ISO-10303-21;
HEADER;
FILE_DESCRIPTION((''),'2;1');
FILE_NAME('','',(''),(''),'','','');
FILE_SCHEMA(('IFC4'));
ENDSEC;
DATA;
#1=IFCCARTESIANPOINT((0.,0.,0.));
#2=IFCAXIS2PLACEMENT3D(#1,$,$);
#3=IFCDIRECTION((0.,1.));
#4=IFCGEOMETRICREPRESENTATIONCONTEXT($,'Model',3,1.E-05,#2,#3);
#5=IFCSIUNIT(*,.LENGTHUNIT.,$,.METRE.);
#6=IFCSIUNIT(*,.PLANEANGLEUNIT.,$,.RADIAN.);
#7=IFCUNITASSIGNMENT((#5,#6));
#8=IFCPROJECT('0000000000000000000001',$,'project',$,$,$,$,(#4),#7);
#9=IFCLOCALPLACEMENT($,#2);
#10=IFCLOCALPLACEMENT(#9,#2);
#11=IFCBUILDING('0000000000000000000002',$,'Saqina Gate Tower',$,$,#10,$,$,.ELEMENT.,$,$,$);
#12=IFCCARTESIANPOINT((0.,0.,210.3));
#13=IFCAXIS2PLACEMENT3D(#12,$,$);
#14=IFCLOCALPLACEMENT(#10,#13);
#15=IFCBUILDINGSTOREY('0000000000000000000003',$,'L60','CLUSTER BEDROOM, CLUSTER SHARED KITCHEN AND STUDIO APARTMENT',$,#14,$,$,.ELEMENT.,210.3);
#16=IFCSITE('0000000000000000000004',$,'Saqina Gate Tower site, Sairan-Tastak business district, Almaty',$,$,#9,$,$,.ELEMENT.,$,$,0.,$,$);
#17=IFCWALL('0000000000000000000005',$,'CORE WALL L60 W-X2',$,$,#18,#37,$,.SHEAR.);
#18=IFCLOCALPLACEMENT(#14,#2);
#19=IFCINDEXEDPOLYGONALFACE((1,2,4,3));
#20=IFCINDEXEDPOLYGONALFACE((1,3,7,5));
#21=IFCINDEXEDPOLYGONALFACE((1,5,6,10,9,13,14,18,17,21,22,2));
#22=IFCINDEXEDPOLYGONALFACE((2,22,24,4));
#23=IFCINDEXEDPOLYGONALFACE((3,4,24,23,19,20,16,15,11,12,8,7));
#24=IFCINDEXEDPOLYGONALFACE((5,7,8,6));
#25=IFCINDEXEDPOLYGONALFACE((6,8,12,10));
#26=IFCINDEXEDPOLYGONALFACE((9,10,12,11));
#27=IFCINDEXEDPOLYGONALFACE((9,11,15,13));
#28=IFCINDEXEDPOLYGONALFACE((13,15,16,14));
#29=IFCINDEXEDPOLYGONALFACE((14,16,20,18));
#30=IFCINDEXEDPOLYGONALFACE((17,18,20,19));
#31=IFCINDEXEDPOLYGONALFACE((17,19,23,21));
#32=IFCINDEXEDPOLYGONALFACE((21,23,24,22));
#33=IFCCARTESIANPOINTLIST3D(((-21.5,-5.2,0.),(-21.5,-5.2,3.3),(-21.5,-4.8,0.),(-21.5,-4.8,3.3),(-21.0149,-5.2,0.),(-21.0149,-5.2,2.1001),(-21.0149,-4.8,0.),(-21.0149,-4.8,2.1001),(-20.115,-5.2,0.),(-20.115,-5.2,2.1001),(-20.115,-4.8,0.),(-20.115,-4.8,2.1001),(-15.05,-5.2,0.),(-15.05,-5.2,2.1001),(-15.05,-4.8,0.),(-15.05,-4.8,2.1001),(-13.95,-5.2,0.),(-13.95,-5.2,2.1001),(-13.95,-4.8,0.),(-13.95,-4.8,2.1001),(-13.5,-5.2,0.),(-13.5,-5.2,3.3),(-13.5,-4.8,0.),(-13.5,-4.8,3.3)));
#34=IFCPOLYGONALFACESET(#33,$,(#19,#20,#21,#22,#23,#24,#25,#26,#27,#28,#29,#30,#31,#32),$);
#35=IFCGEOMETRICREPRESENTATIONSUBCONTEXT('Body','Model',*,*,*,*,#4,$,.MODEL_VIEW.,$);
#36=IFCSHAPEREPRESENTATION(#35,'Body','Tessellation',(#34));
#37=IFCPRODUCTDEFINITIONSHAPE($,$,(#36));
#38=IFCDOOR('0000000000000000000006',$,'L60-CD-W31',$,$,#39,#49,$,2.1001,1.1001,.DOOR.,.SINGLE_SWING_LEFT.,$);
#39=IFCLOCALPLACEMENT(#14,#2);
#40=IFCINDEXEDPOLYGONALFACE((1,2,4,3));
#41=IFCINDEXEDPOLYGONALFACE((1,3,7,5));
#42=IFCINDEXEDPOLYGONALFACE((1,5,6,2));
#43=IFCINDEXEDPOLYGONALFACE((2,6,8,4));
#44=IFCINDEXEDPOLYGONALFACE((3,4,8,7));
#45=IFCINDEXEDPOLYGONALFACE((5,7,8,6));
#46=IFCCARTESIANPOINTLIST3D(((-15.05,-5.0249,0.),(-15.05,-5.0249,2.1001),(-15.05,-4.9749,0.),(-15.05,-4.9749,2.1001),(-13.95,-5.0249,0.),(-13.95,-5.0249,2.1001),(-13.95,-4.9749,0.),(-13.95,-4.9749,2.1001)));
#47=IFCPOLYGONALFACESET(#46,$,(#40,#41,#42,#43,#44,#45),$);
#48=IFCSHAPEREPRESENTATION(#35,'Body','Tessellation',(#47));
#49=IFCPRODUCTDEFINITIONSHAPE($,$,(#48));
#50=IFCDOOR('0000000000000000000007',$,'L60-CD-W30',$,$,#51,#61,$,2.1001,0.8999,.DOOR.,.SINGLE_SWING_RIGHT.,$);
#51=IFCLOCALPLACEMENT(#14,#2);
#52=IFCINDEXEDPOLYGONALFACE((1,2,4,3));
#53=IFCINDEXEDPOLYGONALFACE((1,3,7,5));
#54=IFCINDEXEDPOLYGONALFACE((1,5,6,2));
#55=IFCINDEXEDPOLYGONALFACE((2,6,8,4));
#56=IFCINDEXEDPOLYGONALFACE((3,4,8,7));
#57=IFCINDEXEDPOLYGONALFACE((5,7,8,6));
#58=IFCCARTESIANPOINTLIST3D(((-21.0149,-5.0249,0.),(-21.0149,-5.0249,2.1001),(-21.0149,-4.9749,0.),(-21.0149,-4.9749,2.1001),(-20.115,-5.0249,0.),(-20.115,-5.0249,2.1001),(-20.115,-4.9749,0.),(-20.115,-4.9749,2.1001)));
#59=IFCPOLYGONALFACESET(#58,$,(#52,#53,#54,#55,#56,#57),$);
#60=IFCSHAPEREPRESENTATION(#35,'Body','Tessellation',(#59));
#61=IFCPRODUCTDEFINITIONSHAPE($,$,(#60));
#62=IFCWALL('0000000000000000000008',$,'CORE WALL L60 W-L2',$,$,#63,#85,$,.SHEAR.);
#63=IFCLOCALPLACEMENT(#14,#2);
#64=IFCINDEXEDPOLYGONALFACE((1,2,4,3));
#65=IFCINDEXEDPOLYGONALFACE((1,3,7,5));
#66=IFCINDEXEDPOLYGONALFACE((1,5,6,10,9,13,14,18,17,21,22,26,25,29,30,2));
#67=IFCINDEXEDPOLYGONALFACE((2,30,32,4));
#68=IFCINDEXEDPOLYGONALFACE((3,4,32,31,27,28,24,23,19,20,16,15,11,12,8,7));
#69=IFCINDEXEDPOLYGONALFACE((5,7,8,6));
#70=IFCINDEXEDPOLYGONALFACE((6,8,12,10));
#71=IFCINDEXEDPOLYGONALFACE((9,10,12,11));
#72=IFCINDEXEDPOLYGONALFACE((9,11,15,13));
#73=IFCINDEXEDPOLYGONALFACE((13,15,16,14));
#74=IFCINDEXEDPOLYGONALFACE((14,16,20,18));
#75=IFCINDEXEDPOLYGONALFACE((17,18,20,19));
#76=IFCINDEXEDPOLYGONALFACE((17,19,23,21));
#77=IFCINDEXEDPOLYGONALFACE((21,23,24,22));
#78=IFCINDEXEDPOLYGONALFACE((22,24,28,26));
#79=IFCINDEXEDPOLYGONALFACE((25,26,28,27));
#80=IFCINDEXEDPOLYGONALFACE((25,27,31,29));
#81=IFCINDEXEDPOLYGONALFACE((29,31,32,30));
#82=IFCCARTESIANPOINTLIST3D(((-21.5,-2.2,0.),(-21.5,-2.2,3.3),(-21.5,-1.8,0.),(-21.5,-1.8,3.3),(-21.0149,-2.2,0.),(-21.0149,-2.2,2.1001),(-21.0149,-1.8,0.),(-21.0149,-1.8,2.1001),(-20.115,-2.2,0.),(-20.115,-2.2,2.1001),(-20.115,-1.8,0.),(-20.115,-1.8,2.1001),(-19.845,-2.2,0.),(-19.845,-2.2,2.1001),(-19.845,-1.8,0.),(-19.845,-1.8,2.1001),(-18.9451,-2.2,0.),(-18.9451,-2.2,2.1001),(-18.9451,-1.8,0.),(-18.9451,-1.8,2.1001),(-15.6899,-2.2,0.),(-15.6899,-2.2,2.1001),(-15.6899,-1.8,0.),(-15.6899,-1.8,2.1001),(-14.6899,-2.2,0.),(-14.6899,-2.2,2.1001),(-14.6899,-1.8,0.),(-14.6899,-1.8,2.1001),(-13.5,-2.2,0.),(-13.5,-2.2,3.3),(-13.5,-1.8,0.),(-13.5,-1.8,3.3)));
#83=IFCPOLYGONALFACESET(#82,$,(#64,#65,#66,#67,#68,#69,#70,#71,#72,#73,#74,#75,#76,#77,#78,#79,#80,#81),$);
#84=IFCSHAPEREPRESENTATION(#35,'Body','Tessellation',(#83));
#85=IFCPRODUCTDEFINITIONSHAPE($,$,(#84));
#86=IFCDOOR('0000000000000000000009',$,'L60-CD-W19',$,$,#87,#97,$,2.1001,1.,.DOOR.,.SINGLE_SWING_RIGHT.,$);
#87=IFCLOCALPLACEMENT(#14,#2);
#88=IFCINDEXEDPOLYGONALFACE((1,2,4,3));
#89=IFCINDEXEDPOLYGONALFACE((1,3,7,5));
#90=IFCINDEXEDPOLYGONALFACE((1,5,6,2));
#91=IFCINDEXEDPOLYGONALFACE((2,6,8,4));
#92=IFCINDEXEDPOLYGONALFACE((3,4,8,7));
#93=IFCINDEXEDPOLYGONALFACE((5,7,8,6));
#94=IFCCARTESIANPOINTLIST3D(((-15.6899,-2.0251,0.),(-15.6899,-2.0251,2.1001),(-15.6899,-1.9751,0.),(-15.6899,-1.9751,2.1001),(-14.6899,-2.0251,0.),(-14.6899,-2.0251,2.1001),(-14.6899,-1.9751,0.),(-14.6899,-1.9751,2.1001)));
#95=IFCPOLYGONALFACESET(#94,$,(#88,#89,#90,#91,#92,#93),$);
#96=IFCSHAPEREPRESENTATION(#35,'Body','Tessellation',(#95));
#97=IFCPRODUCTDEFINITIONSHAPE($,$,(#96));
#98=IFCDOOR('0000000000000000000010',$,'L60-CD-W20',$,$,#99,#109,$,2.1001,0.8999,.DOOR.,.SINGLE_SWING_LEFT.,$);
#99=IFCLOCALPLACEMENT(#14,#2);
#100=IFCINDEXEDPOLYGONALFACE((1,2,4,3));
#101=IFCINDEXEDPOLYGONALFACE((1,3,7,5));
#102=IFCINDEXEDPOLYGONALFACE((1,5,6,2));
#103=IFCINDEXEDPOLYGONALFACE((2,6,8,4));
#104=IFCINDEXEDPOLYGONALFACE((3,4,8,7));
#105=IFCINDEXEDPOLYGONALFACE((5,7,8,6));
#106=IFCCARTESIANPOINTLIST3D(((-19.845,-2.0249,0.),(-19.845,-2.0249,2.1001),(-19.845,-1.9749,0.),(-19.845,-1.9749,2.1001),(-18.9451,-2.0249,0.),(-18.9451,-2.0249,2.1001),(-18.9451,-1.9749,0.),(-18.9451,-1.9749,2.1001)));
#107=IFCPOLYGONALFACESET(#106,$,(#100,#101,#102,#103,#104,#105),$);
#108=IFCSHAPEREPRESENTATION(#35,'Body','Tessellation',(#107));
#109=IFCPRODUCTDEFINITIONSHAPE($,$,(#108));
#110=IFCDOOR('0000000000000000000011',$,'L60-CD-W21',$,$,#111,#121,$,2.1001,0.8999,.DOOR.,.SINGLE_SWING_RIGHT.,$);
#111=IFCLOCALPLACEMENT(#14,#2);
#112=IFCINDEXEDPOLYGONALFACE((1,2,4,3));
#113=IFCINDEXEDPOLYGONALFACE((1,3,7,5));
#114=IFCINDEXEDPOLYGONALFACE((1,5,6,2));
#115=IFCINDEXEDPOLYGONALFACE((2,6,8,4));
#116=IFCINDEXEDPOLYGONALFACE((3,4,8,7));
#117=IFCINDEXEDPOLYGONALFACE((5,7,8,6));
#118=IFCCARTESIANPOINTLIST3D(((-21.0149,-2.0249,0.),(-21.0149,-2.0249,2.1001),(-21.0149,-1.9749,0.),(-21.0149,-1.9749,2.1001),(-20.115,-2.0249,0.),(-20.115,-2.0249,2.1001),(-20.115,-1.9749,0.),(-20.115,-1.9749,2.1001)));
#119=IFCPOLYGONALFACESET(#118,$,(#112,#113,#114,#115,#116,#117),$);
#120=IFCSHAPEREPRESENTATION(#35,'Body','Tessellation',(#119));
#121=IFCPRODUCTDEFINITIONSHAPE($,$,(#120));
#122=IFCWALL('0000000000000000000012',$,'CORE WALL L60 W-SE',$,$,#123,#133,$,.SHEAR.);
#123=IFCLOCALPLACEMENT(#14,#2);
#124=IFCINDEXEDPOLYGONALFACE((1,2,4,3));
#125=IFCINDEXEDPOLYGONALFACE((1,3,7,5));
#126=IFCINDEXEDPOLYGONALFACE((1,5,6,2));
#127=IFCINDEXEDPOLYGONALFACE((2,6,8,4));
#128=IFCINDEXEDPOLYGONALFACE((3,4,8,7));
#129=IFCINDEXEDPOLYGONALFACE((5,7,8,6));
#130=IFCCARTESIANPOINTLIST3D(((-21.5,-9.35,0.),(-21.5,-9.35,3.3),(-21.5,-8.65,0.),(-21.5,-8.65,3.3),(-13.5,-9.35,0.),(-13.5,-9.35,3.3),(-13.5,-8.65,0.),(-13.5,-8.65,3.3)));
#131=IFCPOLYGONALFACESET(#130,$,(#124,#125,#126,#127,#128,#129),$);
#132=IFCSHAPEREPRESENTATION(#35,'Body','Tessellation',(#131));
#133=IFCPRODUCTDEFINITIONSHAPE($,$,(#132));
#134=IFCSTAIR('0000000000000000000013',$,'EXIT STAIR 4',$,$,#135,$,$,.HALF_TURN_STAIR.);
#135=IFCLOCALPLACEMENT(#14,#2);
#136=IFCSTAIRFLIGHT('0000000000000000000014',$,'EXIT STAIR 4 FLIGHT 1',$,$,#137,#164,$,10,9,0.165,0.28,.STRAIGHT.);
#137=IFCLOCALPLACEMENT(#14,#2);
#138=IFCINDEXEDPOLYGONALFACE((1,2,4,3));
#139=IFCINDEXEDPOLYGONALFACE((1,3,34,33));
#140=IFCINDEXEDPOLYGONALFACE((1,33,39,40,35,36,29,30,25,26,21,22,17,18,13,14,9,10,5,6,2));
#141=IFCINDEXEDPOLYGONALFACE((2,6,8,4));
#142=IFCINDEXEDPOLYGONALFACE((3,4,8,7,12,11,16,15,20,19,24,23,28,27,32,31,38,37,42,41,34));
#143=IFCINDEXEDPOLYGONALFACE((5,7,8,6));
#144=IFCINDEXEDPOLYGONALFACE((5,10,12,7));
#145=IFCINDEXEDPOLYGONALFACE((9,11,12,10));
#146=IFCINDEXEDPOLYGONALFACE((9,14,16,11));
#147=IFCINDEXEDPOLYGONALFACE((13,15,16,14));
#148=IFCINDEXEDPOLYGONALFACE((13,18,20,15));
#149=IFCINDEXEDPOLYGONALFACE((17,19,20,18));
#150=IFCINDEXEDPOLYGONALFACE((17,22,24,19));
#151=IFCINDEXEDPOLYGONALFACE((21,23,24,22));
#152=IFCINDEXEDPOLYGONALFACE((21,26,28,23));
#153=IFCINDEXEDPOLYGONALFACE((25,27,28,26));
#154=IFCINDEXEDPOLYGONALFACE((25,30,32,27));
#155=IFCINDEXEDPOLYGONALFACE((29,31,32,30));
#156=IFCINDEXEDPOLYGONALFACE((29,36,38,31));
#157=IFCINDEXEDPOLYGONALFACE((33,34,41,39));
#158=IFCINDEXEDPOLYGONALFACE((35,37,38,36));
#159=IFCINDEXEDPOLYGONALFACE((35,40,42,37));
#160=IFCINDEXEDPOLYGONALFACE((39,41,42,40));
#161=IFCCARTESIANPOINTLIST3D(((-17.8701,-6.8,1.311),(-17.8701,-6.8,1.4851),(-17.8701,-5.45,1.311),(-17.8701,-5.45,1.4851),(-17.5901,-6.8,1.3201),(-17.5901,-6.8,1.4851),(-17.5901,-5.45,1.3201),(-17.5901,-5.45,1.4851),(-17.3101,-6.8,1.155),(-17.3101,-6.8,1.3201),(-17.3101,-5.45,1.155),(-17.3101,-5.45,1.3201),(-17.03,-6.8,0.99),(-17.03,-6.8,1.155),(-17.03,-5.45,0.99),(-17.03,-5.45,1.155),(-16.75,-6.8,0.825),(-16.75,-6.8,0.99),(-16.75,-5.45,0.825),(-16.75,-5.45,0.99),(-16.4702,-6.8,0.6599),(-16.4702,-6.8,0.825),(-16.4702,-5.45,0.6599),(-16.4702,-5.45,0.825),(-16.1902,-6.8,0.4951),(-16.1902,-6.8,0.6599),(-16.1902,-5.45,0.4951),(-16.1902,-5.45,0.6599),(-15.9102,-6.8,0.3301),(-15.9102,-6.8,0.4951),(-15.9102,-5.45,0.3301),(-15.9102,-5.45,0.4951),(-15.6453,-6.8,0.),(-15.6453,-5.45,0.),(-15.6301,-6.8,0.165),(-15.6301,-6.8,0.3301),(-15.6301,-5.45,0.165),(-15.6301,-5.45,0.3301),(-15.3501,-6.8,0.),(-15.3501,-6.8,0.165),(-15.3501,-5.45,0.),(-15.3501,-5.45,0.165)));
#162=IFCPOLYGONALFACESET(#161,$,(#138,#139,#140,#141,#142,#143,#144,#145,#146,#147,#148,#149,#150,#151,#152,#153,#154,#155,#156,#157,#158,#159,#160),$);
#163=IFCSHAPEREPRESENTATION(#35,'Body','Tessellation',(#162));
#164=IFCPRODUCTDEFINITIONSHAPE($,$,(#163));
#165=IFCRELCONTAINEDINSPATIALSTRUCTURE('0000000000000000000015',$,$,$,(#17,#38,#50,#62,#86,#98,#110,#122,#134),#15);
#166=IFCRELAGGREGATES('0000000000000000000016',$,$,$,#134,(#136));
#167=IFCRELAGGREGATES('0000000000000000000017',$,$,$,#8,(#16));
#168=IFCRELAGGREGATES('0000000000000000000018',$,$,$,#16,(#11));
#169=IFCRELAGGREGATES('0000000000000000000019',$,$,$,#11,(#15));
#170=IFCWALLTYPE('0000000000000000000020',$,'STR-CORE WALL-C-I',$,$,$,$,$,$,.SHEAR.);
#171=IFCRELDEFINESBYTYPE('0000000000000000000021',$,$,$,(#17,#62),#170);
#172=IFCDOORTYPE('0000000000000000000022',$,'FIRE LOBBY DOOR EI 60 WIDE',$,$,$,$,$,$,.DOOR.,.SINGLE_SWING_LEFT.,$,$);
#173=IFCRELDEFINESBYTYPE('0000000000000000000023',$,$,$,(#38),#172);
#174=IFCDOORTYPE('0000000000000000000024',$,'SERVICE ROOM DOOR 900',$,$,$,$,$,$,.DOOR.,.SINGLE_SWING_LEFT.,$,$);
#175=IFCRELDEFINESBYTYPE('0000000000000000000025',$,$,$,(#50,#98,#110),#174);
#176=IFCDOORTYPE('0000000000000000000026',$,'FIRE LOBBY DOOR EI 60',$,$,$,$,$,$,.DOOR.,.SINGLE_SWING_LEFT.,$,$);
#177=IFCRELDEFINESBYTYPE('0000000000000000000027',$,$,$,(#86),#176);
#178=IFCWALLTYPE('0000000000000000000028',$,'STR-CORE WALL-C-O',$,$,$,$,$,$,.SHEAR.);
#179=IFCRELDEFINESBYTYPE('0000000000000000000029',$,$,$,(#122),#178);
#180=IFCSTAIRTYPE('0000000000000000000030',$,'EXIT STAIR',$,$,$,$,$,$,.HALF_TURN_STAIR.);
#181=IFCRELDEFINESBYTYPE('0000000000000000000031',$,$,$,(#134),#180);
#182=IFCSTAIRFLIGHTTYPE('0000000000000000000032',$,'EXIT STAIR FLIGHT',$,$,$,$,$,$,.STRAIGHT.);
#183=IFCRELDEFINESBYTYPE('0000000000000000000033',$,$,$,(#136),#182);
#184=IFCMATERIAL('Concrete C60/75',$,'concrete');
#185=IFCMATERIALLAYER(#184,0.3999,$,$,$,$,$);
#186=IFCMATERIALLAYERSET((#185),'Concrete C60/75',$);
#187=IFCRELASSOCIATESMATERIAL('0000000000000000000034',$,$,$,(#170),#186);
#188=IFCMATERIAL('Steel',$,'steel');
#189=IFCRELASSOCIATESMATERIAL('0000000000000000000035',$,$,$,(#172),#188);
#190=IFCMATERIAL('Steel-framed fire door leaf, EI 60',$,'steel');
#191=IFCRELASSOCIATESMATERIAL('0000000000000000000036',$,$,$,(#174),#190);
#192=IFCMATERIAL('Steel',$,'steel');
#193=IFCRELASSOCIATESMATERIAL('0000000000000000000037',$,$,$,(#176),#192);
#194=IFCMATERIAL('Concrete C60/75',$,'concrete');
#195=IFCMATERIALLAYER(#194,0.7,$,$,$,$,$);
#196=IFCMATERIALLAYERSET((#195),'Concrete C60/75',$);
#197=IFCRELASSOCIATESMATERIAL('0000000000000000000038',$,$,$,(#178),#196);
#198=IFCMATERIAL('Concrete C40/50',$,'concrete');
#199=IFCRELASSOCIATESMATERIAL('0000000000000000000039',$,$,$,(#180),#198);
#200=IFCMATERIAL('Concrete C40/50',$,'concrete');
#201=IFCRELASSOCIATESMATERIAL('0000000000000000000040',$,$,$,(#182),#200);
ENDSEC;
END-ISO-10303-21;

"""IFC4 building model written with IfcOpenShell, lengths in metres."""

from ifc_helpers import new_model, si_unit, direction, frame, frame_2d, origin, place, context, subcontext, project, spatial, polyline, rectangle, outline, extrude, material, layer, layer_set, type_object, element, fill, aggregate, save


model = new_model("IFC4")

# Units and contexts
model_context = context("Model", 3, precision=1e-05, world=origin(), true_north=direction((0.0, 1.0)))
body_context = subcontext(model_context, "Body", "Model", "MODEL_VIEW")
ifc_project = project(units=[si_unit("LENGTHUNIT", "METRE"), si_unit("PLANEANGLEUNIT", "RADIAN")], contexts=[model_context])

# Site, building, storey
site_placement = place(None, origin())
site = spatial("IfcSite", under=ifc_project, at=site_placement, Name="Saqina Gate Tower site, Sairan-Tastak business district, Almaty", CompositionType="ELEMENT", RefElevation=0.0)
building_placement = place(site_placement, origin())
building = spatial("IfcBuilding", under=site, at=building_placement, Name="Saqina Gate Tower", CompositionType="ELEMENT")
storey_placement = place(building_placement, frame((0.0, 0.0, 210.3)))
storey = spatial("IfcBuildingStorey", under=building, at=storey_placement, Name="L60", Description="CLUSTER BEDROOM, CLUSTER SHARED KITCHEN AND STUDIO APARTMENT", CompositionType="ELEMENT", Elevation=210.3)

# Walls, openings, doors
ifc_material_1 = material(Name="Concrete C60/75", Category="concrete")
ifc_layer_1 = layer(ifc_material_1, 0.3999)
ifc_layer_set_1 = layer_set([ifc_layer_1], Name="Concrete C60/75")
wall_type_1 = type_object("IfcWallType", Name="STR-CORE WALL-C-I", PredefinedType="SHEAR", material=ifc_layer_set_1)
wall_1_placement = place(storey_placement, frame((-13.5, -5.0, 0.0), z_axis=(0.0, 0.0, 1.0), x_axis=(-1.0, 0.0, 0.0)))
wall_1 = element("IfcWall", 1, at=wall_1_placement, inside=storey, type_object=wall_type_1, Name="CORE WALL L60 W-X2", PredefinedType="SHEAR", context=body_context, shape_type="SweptSolid", body=[
    extrude(rectangle(XDim=8.0, YDim=0.3999, at=frame_2d((4.0, 0.0))), origin(), (0.0, 0.0, 1.0), 3.3),
])
opening_1_placement = place(wall_1_placement, frame((6.615, 0.0, 0.0)))
opening_1 = element("IfcOpeningElement", 2, at=opening_1_placement, cuts=wall_1, PredefinedType="OPENING", context=body_context, shape_type="SweptSolid", body=[
    extrude(rectangle(XDim=0.8999, YDim=2.1001, at=frame_2d((0.45, 1.05))), frame((0.0, 0.2119, 0.0), z_axis=(0.0, -1.0, 0.0), x_axis=(1.0, 0.0, 0.0)), (0.0, 0.0, 1.0), 0.4238),
])
opening_2_placement = place(wall_1_placement, frame((0.45, 0.0, 0.0)))
opening_2 = element("IfcOpeningElement", 3, at=opening_2_placement, cuts=wall_1, PredefinedType="OPENING", context=body_context, shape_type="SweptSolid", body=[
    extrude(rectangle(XDim=1.1001, YDim=2.1001, at=frame_2d((0.55, 1.05))), frame((0.0, 0.2119, 0.0), z_axis=(0.0, -1.0, 0.0), x_axis=(1.0, 0.0, 0.0)), (0.0, 0.0, 1.0), 0.4238),
])
ifc_material_2 = material(Name="Steel", Category="steel")
door_type_1 = type_object("IfcDoorType", Name="FIRE LOBBY DOOR EI 60 WIDE", OperationType="SINGLE_SWING_LEFT", PredefinedType="DOOR", material=ifc_material_2)
door_1_placement = place(opening_2_placement, origin())
door_1 = element("IfcDoor", 4, at=door_1_placement, inside=storey, type_object=door_type_1, Name="L60-CD-W31", OperationType="SINGLE_SWING_LEFT", OverallHeight=2.1001, OverallWidth=1.1001, PredefinedType="DOOR", context=body_context, shape_type="SweptSolid", body=[
    extrude(rectangle(XDim=1.1001, YDim=2.1001, at=frame_2d((0.55, 1.05))), frame((0.0, 0.0249, 0.0), z_axis=(0.0, -1.0, 0.0), x_axis=(1.0, 0.0, 0.0)), (0.0, 0.0, 1.0), 0.05),
])
fill(opening_2, door_1)
ifc_material_3 = material(Name="Steel-framed fire door leaf, EI 60", Category="steel")
door_type_2 = type_object("IfcDoorType", Name="SERVICE ROOM DOOR 900", OperationType="SINGLE_SWING_LEFT", PredefinedType="DOOR", material=ifc_material_3)
door_2_placement = place(opening_1_placement, origin())
door_2 = element("IfcDoor", 5, at=door_2_placement, inside=storey, type_object=door_type_2, Name="L60-CD-W30", OperationType="SINGLE_SWING_RIGHT", OverallHeight=2.1001, OverallWidth=0.8999, PredefinedType="DOOR", context=body_context, shape_type="SweptSolid", body=[
    extrude(rectangle(XDim=0.8999, YDim=2.1001, at=frame_2d((0.45, 1.05))), frame((0.0, 0.0249, 0.0), z_axis=(0.0, -1.0, 0.0), x_axis=(1.0, 0.0, 0.0)), (0.0, 0.0, 1.0), 0.05),
])
fill(opening_1, door_2)
wall_2_placement = place(storey_placement, frame((-13.5, -2.0, 0.0), z_axis=(0.0, 0.0, 1.0), x_axis=(-1.0, 0.0, 0.0)))
wall_2 = element("IfcWall", 6, at=wall_2_placement, inside=storey, type_object=wall_type_1, Name="CORE WALL L60 W-L2", PredefinedType="SHEAR", context=body_context, shape_type="SweptSolid", body=[
    extrude(rectangle(XDim=8.0, YDim=0.3999, at=frame_2d((4.0, 0.0))), origin(), (0.0, 0.0, 1.0), 3.3),
])
opening_3_placement = place(wall_2_placement, frame((1.1899, 0.0, 0.0)))
opening_3 = element("IfcOpeningElement", 7, at=opening_3_placement, cuts=wall_2, PredefinedType="OPENING", context=body_context, shape_type="SweptSolid", body=[
    extrude(rectangle(XDim=1.0, YDim=2.1001, at=frame_2d((0.5, 1.05))), frame((0.0, 0.2119, 0.0), z_axis=(0.0, -1.0, 0.0), x_axis=(1.0, 0.0, 0.0)), (0.0, 0.0, 1.0), 0.4238),
])
opening_4_placement = place(wall_2_placement, frame((5.4451, 0.0, 0.0)))
opening_4 = element("IfcOpeningElement", 8, at=opening_4_placement, cuts=wall_2, PredefinedType="OPENING", context=body_context, shape_type="SweptSolid", body=[
    extrude(rectangle(XDim=0.8999, YDim=2.1001, at=frame_2d((0.45, 1.05))), frame((0.0, 0.2119, 0.0), z_axis=(0.0, -1.0, 0.0), x_axis=(1.0, 0.0, 0.0)), (0.0, 0.0, 1.0), 0.4238),
])
opening_5_placement = place(wall_2_placement, frame((6.615, 0.0, 0.0)))
opening_5 = element("IfcOpeningElement", 9, at=opening_5_placement, cuts=wall_2, PredefinedType="OPENING", context=body_context, shape_type="SweptSolid", body=[
    extrude(rectangle(XDim=0.8999, YDim=2.1001, at=frame_2d((0.45, 1.05))), frame((0.0, 0.2119, 0.0), z_axis=(0.0, -1.0, 0.0), x_axis=(1.0, 0.0, 0.0)), (0.0, 0.0, 1.0), 0.4238),
])
ifc_material_4 = material(Name="Steel", Category="steel")
door_type_3 = type_object("IfcDoorType", Name="FIRE LOBBY DOOR EI 60", OperationType="SINGLE_SWING_LEFT", PredefinedType="DOOR", material=ifc_material_4)
door_3_placement = place(opening_3_placement, frame((1.0, 0.0, 0.0), z_axis=(0.0, 0.0, 1.0), x_axis=(-1.0, 0.0, 0.0)))
door_3 = element("IfcDoor", 10, at=door_3_placement, inside=storey, type_object=door_type_3, Name="L60-CD-W19", OperationType="SINGLE_SWING_RIGHT", OverallHeight=2.1001, OverallWidth=1.0, PredefinedType="DOOR", context=body_context, shape_type="SweptSolid", body=[
    extrude(rectangle(XDim=1.0, YDim=2.1001, at=frame_2d((0.5, 1.05))), frame((0.0, 0.0249, 0.0), z_axis=(0.0, -1.0, 0.0), x_axis=(1.0, 0.0, 0.0)), (0.0, 0.0, 1.0), 0.05),
])
fill(opening_3, door_3)
door_4_placement = place(opening_4_placement, origin())
door_4 = element("IfcDoor", 11, at=door_4_placement, inside=storey, type_object=door_type_2, Name="L60-CD-W20", OperationType="SINGLE_SWING_LEFT", OverallHeight=2.1001, OverallWidth=0.8999, PredefinedType="DOOR", context=body_context, shape_type="SweptSolid", body=[
    extrude(rectangle(XDim=0.8999, YDim=2.1001, at=frame_2d((0.45, 1.05))), frame((0.0, 0.0249, 0.0), z_axis=(0.0, -1.0, 0.0), x_axis=(1.0, 0.0, 0.0)), (0.0, 0.0, 1.0), 0.05),
])
fill(opening_4, door_4)
door_5_placement = place(opening_5_placement, origin())
door_5 = element("IfcDoor", 12, at=door_5_placement, inside=storey, type_object=door_type_2, Name="L60-CD-W21", OperationType="SINGLE_SWING_RIGHT", OverallHeight=2.1001, OverallWidth=0.8999, PredefinedType="DOOR", context=body_context, shape_type="SweptSolid", body=[
    extrude(rectangle(XDim=0.8999, YDim=2.1001, at=frame_2d((0.45, 1.05))), frame((0.0, 0.0249, 0.0), z_axis=(0.0, -1.0, 0.0), x_axis=(1.0, 0.0, 0.0)), (0.0, 0.0, 1.0), 0.05),
])
fill(opening_5, door_5)
ifc_material_5 = material(Name="Concrete C60/75", Category="concrete")
ifc_layer_2 = layer(ifc_material_5, 0.7)
ifc_layer_set_2 = layer_set([ifc_layer_2], Name="Concrete C60/75")
wall_type_2 = type_object("IfcWallType", Name="STR-CORE WALL-C-O", PredefinedType="SHEAR", material=ifc_layer_set_2)

# Wall
wall_3_placement = place(storey_placement, frame((-13.5, -9.0, 0.0), z_axis=(0.0, 0.0, 1.0), x_axis=(-1.0, 0.0, 0.0)))
element("IfcWall", 13, at=wall_3_placement, inside=storey, type_object=wall_type_2, Name="CORE WALL L60 W-SE", PredefinedType="SHEAR", context=body_context, shape_type="SweptSolid", body=[
    extrude(rectangle(XDim=8.0, YDim=0.7, at=frame_2d((4.0, 0.0))), origin(), (0.0, 0.0, 1.0), 3.3),
])

# Stair, stair flight
ifc_material_6 = material(Name="Concrete C40/50", Category="concrete")
stair_type = type_object("IfcStairType", Name="EXIT STAIR", PredefinedType="HALF_TURN_STAIR", material=ifc_material_6)
stair_placement = place(storey_placement, origin())
stair = element("IfcStair", 14, at=stair_placement, inside=storey, type_object=stair_type, Name="EXIT STAIR 4", PredefinedType="HALF_TURN_STAIR")
ifc_material_7 = material(Name="Concrete C40/50", Category="concrete")
stair_flight_type = type_object("IfcStairFlightType", Name="EXIT STAIR FLIGHT", PredefinedType="STRAIGHT", material=ifc_material_7)
stair_flight_1_placement = place(storey_placement, frame((-15.3501, -6.125, 0.0), z_axis=(0.0, 0.0, 1.0), x_axis=(-1.0, 0.0, 0.0)))
stair_flight_1 = element("IfcStairFlight", 15, at=stair_flight_1_placement, type_object=stair_flight_type, Name="EXIT STAIR 4 FLIGHT 1", NumberOfRisers=10, NumberOfTreads=9, PredefinedType="STRAIGHT", RiserHeight=0.165, TreadLength=0.28, context=body_context, shape_type="SweptSolid", body=[
    extrude(outline(polyline([(0.0, 0.0), (0.0, 0.165), (0.28, 0.165), (0.28, 0.3301), (0.5601, 0.3301), (0.5601, 0.4951), (0.8401, 0.4951), (0.8401, 0.6599), (1.1201, 0.6599), (1.1201, 0.825), (1.3999, 0.825), (1.3999, 0.99), (1.6799, 0.99), (1.6799, 1.155), (1.96, 1.155), (1.96, 1.3201), (2.24, 1.3201), (2.24, 1.4851), (2.52, 1.4851), (2.52, 1.6499), (2.52, 1.311), (0.2952, 0.0), (0.0, 0.0)])), frame((0.0, 0.675, 0.0), z_axis=(0.0, -1.0, 0.0), x_axis=(1.0, 0.0, 0.0)), (0.0, 0.0, 1.0), 1.3501),
])
aggregate(stair, [stair_flight_1])

save(model, "model.ifc")
